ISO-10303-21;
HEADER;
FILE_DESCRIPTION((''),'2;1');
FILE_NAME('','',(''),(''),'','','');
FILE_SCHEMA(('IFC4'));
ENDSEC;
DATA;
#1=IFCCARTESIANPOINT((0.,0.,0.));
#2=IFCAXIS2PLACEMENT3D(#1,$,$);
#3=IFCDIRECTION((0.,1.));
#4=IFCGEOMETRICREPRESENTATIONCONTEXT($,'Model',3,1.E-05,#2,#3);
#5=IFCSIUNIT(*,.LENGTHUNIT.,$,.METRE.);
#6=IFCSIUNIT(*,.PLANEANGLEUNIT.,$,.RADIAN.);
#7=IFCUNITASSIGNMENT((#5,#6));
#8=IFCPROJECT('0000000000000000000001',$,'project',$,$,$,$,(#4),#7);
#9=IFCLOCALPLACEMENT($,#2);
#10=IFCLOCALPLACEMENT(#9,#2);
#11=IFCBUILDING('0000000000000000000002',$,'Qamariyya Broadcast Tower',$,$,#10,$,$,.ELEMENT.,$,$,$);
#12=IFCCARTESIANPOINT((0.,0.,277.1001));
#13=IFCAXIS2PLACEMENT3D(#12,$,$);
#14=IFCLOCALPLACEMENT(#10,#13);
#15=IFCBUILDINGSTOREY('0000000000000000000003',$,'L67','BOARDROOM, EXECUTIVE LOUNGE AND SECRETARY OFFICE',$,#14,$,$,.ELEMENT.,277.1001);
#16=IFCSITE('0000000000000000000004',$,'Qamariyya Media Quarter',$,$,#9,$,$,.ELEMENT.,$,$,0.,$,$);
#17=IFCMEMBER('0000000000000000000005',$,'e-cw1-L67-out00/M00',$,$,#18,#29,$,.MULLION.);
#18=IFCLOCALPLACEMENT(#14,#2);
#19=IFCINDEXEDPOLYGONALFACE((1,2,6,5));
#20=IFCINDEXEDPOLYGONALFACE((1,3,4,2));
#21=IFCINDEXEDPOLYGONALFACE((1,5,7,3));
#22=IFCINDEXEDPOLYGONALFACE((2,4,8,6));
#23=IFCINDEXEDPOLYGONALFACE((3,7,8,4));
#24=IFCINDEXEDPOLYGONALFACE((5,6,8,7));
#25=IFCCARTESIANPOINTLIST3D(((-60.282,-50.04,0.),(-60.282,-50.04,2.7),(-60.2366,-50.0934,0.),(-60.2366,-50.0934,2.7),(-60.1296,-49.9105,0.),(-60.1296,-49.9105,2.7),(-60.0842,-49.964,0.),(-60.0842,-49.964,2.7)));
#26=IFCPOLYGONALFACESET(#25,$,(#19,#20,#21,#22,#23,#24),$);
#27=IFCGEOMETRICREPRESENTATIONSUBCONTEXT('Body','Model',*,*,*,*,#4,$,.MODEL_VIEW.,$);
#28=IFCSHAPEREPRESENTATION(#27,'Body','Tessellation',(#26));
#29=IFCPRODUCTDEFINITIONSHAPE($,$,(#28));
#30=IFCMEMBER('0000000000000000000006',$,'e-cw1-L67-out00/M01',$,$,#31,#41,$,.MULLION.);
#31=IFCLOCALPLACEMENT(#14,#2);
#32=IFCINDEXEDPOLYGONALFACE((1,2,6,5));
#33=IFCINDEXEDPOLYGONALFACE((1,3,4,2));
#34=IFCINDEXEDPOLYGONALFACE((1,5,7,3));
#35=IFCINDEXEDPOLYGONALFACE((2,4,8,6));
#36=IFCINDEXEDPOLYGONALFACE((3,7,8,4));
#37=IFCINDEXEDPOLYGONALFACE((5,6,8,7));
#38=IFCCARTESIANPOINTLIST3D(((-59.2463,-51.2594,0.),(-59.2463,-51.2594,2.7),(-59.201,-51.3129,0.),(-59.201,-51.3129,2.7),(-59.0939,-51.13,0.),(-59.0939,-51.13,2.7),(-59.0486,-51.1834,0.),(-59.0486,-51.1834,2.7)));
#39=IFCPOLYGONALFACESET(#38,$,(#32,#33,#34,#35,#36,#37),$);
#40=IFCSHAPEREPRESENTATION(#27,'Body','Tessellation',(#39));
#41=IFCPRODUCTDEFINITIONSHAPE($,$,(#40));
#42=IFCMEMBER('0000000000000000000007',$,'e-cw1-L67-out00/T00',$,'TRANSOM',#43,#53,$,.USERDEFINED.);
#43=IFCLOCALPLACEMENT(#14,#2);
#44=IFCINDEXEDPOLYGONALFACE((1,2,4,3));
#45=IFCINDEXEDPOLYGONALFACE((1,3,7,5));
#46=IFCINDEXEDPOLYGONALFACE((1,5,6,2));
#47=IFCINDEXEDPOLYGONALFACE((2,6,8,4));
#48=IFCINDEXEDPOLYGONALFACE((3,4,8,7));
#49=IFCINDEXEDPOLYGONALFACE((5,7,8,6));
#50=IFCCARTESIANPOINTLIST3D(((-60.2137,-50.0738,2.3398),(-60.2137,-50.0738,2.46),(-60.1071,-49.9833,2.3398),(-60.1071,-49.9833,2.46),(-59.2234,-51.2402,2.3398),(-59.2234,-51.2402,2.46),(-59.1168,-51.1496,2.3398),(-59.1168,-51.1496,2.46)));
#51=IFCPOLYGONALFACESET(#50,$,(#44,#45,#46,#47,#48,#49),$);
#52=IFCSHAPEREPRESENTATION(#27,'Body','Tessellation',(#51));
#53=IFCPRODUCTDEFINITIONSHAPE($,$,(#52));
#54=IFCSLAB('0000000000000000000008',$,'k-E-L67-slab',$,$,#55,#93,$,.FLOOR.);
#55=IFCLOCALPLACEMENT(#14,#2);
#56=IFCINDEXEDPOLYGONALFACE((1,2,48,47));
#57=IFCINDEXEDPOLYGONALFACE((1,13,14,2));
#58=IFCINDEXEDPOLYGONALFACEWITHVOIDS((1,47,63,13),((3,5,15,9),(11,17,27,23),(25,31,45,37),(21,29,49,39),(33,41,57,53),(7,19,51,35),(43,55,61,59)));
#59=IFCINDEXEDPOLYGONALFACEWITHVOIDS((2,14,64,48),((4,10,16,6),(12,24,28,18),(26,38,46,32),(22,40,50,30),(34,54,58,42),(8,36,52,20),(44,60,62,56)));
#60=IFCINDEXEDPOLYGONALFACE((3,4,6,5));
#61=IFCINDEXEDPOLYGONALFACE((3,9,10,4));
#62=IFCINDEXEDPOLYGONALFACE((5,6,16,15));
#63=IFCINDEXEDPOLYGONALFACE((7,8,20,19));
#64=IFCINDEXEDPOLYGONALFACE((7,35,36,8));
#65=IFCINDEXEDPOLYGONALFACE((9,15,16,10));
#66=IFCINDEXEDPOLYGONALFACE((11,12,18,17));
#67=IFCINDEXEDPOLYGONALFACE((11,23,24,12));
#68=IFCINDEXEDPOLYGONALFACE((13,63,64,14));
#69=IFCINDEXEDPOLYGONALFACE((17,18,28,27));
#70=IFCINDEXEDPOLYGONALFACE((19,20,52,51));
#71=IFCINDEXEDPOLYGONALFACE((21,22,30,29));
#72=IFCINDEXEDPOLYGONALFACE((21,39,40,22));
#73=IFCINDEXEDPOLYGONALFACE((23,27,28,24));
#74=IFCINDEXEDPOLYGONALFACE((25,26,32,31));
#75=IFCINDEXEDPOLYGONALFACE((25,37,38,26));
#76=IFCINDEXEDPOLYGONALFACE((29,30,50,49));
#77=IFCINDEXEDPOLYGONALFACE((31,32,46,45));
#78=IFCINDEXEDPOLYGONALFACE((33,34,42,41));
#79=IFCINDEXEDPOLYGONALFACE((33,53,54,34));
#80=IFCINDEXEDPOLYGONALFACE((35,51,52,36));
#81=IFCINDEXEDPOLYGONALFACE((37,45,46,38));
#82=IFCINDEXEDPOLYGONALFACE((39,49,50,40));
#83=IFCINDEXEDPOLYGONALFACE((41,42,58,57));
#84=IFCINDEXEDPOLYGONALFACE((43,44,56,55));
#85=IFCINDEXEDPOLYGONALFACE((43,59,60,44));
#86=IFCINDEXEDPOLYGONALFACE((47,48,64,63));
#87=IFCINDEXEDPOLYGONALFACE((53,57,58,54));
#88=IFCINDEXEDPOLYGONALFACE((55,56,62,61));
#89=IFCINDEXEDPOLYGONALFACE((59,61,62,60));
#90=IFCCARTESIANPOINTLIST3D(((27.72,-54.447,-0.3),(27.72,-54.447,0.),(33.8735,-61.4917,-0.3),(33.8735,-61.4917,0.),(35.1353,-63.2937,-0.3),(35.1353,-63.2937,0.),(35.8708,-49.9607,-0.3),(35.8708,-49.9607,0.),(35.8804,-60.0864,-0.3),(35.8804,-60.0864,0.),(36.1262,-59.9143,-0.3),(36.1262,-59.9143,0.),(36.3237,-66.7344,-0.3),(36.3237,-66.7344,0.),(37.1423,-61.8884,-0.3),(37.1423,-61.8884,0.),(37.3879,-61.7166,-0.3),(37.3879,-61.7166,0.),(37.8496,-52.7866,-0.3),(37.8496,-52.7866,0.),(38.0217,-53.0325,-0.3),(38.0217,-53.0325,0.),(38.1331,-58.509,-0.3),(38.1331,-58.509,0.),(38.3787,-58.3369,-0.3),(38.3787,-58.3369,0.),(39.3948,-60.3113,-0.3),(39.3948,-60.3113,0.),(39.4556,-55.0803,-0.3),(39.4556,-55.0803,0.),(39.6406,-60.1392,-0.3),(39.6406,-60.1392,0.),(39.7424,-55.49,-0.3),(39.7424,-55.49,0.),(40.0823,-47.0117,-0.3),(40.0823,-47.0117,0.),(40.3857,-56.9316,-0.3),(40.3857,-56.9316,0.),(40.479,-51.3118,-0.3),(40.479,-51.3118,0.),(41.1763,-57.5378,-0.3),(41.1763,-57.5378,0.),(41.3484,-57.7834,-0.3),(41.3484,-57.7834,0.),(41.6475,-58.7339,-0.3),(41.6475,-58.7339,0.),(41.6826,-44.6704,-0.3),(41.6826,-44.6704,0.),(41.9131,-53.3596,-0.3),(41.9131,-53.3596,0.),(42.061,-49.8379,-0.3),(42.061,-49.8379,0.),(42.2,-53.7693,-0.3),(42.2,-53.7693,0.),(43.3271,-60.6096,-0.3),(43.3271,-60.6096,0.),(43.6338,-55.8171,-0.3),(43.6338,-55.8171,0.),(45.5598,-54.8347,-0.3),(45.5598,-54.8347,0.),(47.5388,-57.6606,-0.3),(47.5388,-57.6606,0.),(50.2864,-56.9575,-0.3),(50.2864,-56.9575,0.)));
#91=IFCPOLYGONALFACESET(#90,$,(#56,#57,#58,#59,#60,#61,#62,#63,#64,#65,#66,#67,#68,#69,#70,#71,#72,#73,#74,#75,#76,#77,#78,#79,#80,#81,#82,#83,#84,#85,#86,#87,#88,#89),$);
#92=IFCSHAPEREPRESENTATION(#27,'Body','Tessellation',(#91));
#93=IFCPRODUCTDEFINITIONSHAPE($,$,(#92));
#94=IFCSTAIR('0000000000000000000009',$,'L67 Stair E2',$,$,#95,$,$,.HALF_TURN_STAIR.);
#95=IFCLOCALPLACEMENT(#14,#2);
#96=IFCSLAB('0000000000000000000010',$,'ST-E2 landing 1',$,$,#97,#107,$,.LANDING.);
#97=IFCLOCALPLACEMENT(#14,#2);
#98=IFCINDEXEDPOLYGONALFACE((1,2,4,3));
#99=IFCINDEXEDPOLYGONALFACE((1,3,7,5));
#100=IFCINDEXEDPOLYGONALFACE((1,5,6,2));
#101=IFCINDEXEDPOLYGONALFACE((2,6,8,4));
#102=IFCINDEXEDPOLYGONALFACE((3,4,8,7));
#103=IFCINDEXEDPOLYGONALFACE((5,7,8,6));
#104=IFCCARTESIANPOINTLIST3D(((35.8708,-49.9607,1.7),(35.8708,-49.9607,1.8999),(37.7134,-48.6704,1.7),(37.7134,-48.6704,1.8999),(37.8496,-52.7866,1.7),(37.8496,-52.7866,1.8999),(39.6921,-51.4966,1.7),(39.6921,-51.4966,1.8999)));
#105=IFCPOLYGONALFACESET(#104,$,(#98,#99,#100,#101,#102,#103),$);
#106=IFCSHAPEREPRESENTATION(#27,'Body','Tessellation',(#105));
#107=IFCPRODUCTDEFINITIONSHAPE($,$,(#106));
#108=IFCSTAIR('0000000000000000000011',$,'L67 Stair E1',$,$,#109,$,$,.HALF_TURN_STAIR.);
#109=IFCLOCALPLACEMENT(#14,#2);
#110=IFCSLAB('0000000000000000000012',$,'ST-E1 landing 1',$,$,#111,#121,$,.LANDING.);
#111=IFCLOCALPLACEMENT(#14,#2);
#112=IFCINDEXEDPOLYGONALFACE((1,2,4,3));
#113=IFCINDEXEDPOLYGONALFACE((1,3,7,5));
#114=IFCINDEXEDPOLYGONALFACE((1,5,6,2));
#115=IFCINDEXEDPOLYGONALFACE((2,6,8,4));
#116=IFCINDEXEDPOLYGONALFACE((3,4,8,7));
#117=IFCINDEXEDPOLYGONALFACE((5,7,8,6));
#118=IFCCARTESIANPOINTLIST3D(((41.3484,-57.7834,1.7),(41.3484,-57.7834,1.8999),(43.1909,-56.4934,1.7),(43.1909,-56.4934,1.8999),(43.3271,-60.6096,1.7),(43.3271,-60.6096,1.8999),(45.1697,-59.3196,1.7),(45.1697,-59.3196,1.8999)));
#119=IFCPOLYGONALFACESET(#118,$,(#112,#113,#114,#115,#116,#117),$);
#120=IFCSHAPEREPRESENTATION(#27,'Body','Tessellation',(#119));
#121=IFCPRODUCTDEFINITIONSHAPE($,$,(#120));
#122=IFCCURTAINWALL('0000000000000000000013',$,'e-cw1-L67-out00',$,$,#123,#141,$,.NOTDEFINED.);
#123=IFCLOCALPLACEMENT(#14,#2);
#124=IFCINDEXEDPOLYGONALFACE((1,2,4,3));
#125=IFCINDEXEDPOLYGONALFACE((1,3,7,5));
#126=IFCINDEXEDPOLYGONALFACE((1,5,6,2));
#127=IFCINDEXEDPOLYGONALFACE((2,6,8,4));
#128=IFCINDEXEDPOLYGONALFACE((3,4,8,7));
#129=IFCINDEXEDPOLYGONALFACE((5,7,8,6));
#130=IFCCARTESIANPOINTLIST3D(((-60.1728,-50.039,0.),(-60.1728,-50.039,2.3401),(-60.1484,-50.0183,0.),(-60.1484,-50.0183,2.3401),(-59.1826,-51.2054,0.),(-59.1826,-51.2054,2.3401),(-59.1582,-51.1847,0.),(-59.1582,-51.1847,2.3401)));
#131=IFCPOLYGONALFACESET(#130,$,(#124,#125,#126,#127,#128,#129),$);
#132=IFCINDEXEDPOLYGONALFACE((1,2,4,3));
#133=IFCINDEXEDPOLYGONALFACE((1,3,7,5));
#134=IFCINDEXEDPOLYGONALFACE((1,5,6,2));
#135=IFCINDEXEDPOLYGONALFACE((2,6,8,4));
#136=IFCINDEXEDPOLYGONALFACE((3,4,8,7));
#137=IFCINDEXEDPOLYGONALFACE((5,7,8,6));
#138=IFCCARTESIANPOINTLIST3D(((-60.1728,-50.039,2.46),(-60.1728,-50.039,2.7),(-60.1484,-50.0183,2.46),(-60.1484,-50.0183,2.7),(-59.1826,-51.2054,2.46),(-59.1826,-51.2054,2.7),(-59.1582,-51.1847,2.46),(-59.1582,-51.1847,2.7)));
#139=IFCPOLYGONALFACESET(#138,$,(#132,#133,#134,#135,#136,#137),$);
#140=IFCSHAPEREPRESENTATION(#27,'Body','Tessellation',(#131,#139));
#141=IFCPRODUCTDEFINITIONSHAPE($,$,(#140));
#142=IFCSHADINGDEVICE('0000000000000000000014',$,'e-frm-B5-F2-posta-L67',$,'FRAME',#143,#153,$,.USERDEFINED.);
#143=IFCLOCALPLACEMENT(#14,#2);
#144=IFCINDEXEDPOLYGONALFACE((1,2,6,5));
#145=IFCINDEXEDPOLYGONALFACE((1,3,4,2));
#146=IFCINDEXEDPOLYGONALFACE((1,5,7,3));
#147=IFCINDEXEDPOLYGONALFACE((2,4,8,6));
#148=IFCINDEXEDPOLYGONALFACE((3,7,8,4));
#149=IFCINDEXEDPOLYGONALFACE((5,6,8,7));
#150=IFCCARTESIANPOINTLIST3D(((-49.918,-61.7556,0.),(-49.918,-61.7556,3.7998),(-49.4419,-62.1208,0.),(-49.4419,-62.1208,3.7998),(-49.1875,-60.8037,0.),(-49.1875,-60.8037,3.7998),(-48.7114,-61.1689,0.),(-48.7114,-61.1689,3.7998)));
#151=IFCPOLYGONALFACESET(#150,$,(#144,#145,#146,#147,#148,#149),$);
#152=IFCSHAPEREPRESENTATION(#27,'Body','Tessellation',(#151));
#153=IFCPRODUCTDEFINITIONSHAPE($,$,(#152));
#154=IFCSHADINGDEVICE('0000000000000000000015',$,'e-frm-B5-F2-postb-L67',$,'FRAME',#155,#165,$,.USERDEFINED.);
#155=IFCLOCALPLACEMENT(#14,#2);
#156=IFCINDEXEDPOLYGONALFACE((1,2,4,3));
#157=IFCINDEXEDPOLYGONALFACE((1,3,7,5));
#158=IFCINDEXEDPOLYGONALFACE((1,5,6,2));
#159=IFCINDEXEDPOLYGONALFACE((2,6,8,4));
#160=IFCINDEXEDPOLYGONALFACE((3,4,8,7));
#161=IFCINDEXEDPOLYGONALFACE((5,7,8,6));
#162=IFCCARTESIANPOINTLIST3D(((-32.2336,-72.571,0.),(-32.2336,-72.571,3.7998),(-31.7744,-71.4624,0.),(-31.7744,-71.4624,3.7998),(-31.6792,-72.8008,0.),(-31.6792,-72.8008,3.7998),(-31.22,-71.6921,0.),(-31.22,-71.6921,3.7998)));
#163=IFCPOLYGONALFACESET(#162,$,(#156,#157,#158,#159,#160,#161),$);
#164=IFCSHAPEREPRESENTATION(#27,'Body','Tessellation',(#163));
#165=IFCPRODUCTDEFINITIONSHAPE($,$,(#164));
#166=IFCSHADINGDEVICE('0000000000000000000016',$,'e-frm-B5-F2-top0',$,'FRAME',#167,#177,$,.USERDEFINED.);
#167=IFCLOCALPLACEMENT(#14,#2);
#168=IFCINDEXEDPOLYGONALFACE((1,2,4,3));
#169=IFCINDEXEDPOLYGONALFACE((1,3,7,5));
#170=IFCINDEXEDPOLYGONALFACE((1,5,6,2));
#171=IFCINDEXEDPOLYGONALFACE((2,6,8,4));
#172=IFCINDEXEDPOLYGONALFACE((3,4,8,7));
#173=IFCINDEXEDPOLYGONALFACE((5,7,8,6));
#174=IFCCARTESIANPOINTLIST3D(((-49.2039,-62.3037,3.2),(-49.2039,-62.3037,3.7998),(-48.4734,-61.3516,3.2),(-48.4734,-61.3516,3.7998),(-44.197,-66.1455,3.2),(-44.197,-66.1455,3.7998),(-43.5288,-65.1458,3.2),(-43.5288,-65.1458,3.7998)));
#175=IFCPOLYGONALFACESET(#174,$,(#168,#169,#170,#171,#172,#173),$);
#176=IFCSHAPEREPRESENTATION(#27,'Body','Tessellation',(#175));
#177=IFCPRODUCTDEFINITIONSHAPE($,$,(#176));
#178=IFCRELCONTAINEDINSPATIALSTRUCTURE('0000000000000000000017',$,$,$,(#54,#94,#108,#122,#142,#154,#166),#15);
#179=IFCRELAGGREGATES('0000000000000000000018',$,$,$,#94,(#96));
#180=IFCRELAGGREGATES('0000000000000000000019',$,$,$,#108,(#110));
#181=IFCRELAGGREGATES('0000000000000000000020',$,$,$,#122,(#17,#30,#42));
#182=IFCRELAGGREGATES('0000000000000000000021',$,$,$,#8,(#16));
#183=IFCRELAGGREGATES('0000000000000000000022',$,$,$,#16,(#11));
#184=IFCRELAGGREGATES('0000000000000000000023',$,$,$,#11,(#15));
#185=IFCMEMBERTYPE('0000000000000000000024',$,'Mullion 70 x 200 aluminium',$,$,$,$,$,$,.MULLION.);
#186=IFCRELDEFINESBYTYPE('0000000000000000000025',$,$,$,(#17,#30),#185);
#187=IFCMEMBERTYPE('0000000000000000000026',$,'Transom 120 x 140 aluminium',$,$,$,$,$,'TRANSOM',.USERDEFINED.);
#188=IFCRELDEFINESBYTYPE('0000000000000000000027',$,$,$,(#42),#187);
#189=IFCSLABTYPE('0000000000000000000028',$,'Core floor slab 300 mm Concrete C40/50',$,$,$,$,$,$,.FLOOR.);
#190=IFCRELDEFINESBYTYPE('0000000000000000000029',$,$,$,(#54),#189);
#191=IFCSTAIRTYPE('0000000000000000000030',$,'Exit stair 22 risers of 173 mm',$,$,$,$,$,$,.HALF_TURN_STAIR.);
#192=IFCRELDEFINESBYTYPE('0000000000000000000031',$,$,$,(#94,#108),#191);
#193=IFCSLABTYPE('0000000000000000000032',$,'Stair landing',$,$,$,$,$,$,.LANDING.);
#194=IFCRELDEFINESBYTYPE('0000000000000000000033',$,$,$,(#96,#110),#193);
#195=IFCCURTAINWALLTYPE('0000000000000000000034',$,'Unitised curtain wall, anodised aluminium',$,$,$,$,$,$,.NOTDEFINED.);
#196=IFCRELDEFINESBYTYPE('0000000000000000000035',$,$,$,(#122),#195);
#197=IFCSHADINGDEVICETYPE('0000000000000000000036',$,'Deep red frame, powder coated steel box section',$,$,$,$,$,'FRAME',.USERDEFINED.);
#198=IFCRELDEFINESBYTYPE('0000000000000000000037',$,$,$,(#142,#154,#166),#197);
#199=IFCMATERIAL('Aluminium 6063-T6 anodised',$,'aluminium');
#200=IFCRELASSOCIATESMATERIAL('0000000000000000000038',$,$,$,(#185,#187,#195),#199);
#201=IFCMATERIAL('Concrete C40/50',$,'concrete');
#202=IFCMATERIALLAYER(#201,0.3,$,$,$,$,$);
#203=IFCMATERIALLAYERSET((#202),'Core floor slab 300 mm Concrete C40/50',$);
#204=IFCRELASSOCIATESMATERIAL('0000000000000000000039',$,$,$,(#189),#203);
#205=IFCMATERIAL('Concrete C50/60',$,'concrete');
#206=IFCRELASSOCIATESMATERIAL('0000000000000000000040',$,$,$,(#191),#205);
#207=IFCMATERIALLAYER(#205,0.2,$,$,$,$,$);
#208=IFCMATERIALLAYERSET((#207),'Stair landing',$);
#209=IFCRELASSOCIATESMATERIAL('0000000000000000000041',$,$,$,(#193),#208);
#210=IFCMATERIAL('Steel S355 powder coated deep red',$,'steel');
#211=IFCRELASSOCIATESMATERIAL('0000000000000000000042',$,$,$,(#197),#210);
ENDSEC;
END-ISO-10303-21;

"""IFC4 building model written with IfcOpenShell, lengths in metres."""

from ifc_helpers import new_model, si_unit, direction, frame, origin, origin_2d, place, context, subcontext, project, spatial, polyline, rectangle, outline, extrude, material, layer, layer_set, material_profile, profile_set, type_object, element, aggregate, save


model = new_model("IFC4")

# Units and contexts
model_context = context("Model", 3, precision=1e-05, world=origin(), true_north=direction((0.0, 1.0)))
body_context = subcontext(model_context, "Body", "Model", "MODEL_VIEW")
ifc_project = project(units=[si_unit("LENGTHUNIT", "METRE"), si_unit("PLANEANGLEUNIT", "RADIAN")], contexts=[model_context])

# Members
ifc_material_1 = material(Name="Aluminium 6063-T6 anodised", Category="aluminium")
ifc_material_profile_1 = material_profile(ifc_material_1, rectangle(XDim=0.2, YDim=0.0701, at=origin_2d()))
ifc_profile_set_1 = profile_set([ifc_material_profile_1], Name="Aluminium 6063-T6 anodised")
member_type_1 = type_object("IfcMemberType", Name="Mullion 70 x 200 aluminium", PredefinedType="MULLION", material=ifc_profile_set_1)
site_placement = place(None, origin())
building_placement = place(site_placement, origin())
storey_placement = place(building_placement, frame((0.0, 0.0, 277.1001)))
member_1_placement = place(storey_placement, frame((-60.1831, -50.002, 0.0), z_axis=(0.0, 0.0, 1.0), x_axis=(0.762284, 0.647243, 0.0)))
member_1 = element("IfcMember", 1, at=member_1_placement, type_object=member_type_1, Name="e-cw1-L67-out00/M00", PredefinedType="MULLION", context=body_context, shape_type="SweptSolid", body=[
    extrude(rectangle(XDim=0.2, YDim=0.0701, at=origin_2d()), origin(), (0.0, 0.0, 1.0), 2.7),
])
member_2_placement = place(storey_placement, frame((-59.1475, -51.2214, 0.0), z_axis=(0.0, 0.0, 1.0), x_axis=(0.762284, 0.647243, 0.0)))
member_2 = element("IfcMember", 2, at=member_2_placement, type_object=member_type_1, Name="e-cw1-L67-out00/M01", PredefinedType="MULLION", context=body_context, shape_type="SweptSolid", body=[
    extrude(rectangle(XDim=0.2, YDim=0.0701, at=origin_2d()), origin(), (0.0, 0.0, 1.0), 2.7),
])
ifc_material_profile_2 = material_profile(ifc_material_1, rectangle(XDim=0.1399, YDim=0.1201, at=origin_2d()))
ifc_profile_set_2 = profile_set([ifc_material_profile_2], Name="Aluminium 6063-T6 anodised")
member_type_2 = type_object("IfcMemberType", Name="Transom 120 x 140 aluminium", ElementType="TRANSOM", PredefinedType="USERDEFINED", material=ifc_profile_set_2)
member_3_placement = place(storey_placement, frame((-60.1604, -50.0286, 2.3999), z_axis=(0.647236, -0.76229, 0.0), x_axis=(0.76229, 0.647236, 0.0)))
member_3 = element("IfcMember", 3, at=member_3_placement, type_object=member_type_2, Name="e-cw1-L67-out00/T00", ObjectType="TRANSOM", PredefinedType="USERDEFINED", context=body_context, shape_type="SweptSolid", body=[
    extrude(rectangle(XDim=0.1399, YDim=0.1201, at=origin_2d()), origin(), (0.0, 0.0, 1.0), 1.53),
])

# Site, building, storey
site = spatial("IfcSite", under=ifc_project, at=site_placement, Name="Qamariyya Media Quarter", CompositionType="ELEMENT", RefElevation=0.0)
building = spatial("IfcBuilding", under=site, at=building_placement, Name="Qamariyya Broadcast Tower", CompositionType="ELEMENT")
storey = spatial("IfcBuildingStorey", under=building, at=storey_placement, Name="L67", Description="BOARDROOM, EXECUTIVE LOUNGE AND SECRETARY OFFICE", CompositionType="ELEMENT", Elevation=277.1001)

# Slab
ifc_material_2 = material(Name="Concrete C40/50", Category="concrete")
ifc_layer_1 = layer(ifc_material_2, 0.3)
ifc_layer_set_1 = layer_set([ifc_layer_1], Name="Core floor slab 300 mm Concrete C40/50")
slab_type_1 = type_object("IfcSlabType", Name="Core floor slab 300 mm Concrete C40/50", PredefinedType="FLOOR", material=ifc_layer_set_1)
slab_1_placement = place(storey_placement, frame((0.0, 0.0, -0.3)))
element("IfcSlab", 4, at=slab_1_placement, inside=storey, type_object=slab_type_1, Name="k-E-L67-slab", PredefinedType="FLOOR", context=body_context, shape_type="SweptSolid", body=[
    extrude(outline(polyline([(36.3237, -66.7344), (50.2864, -56.9575), (41.6826, -44.6704), (27.72, -54.447), (36.3237, -66.7344)]), holes=[polyline([(33.8735, -61.4917), (35.8804, -60.0864), (37.1423, -61.8884), (35.1353, -63.2937), (33.8735, -61.4917)]), polyline([(36.1262, -59.9143), (38.1331, -58.509), (39.3948, -60.3113), (37.3879, -61.7166), (36.1262, -59.9143)]), polyline([(38.3787, -58.3369), (40.3857, -56.9316), (41.6475, -58.7339), (39.6406, -60.1392), (38.3787, -58.3369)]), polyline([(39.7424, -55.49), (42.2, -53.7693), (43.6338, -55.8171), (41.1763, -57.5378), (39.7424, -55.49)]), polyline([(39.4556, -55.0803), (41.9131, -53.3596), (40.479, -51.3118), (38.0217, -53.0325), (39.4556, -55.0803)]), polyline([(40.0823, -47.0117), (35.8708, -49.9607), (37.8496, -52.7866), (42.061, -49.8379), (40.0823, -47.0117)]), polyline([(45.5598, -54.8347), (41.3484, -57.7834), (43.3271, -60.6096), (47.5388, -57.6606), (45.5598, -54.8347)])]), origin(), (0.0, 0.0, 1.0), 0.3),
])

# Stairs, slabs
ifc_material_3 = material(Name="Concrete C50/60", Category="concrete")
stair_type = type_object("IfcStairType", Name="Exit stair 22 risers of 173 mm", PredefinedType="HALF_TURN_STAIR", material=ifc_material_3)
stair_1_placement = place(storey_placement, origin())
stair_1 = element("IfcStair", 5, at=stair_1_placement, inside=storey, type_object=stair_type, Name="L67 Stair E2", PredefinedType="HALF_TURN_STAIR")
ifc_layer_2 = layer(ifc_material_3, 0.2)
ifc_layer_set_2 = layer_set([ifc_layer_2], Name="Stair landing")
slab_type_2 = type_object("IfcSlabType", Name="Stair landing", PredefinedType="LANDING", material=ifc_layer_set_2)
slab_2_placement = place(storey_placement, frame((0.0, 0.0, 1.7)))
slab_2 = element("IfcSlab", 6, at=slab_2_placement, type_object=slab_type_2, Name="ST-E2 landing 1", PredefinedType="LANDING", context=body_context, shape_type="SweptSolid", body=[
    extrude(outline(polyline([(37.7134, -48.6704), (35.8708, -49.9607), (37.8496, -52.7866), (39.6921, -51.4966), (37.7134, -48.6704)])), origin(), (0.0, 0.0, 1.0), 0.2),
])
aggregate(stair_1, [slab_2])
stair_2_placement = place(storey_placement, origin())
stair_2 = element("IfcStair", 7, at=stair_2_placement, inside=storey, type_object=stair_type, Name="L67 Stair E1", PredefinedType="HALF_TURN_STAIR")
slab_3_placement = place(storey_placement, frame((0.0, 0.0, 1.7)))
slab_3 = element("IfcSlab", 8, at=slab_3_placement, type_object=slab_type_2, Name="ST-E1 landing 1", PredefinedType="LANDING", context=body_context, shape_type="SweptSolid", body=[
    extrude(outline(polyline([(43.1909, -56.4934), (41.3484, -57.7834), (43.3271, -60.6096), (45.1697, -59.3196), (43.1909, -56.4934)])), origin(), (0.0, 0.0, 1.0), 0.2),
])
aggregate(stair_2, [slab_3])

# Curtain wall
curtain_wall_type = type_object("IfcCurtainWallType", Name="Unitised curtain wall, anodised aluminium", PredefinedType="NOTDEFINED", material=ifc_material_1)
curtain_wall_placement = place(storey_placement, origin())
curtain_wall = element("IfcCurtainWall", 9, at=curtain_wall_placement, inside=storey, type_object=curtain_wall_type, Name="e-cw1-L67-out00", PredefinedType="NOTDEFINED", context=body_context, shape_type="SweptSolid", body=[
    extrude(rectangle(XDim=1.53, YDim=0.032, at=origin_2d()), frame((-59.6655, -50.6118, 0.0), x_axis=(0.64716, -0.762354, 0.0)), (0.0, 0.0, 1.0), 2.3401),
    extrude(rectangle(XDim=1.53, YDim=0.032, at=origin_2d()), frame((-59.6655, -50.6118, 2.46), x_axis=(0.64716, -0.762354, 0.0)), (0.0, 0.0, 1.0), 0.24),
])
aggregate(curtain_wall, [member_1, member_2, member_3])

# Shading devices
ifc_material_4 = material(Name="Steel S355 powder coated deep red", Category="steel")
shading_device_type = type_object("IfcShadingDeviceType", Name="Deep red frame, powder coated steel box section", ElementType="FRAME", PredefinedType="USERDEFINED", material=ifc_material_4)
shading_device_1_placement = place(storey_placement, origin())
element("IfcShadingDevice", 10, at=shading_device_1_placement, inside=storey, type_object=shading_device_type, Name="e-frm-B5-F2-posta-L67", ObjectType="FRAME", PredefinedType="USERDEFINED", context=body_context, shape_type="SweptSolid", body=[
    extrude(outline(polyline([(-49.1875, -60.8037), (-49.918, -61.7556), (-49.4419, -62.1208), (-48.7114, -61.1689), (-49.1875, -60.8037)])), origin(), (0.0, 0.0, 1.0), 3.7998),
])
shading_device_2_placement = place(storey_placement, origin())
element("IfcShadingDevice", 11, at=shading_device_2_placement, inside=storey, type_object=shading_device_type, Name="e-frm-B5-F2-postb-L67", ObjectType="FRAME", PredefinedType="USERDEFINED", context=body_context, shape_type="SweptSolid", body=[
    extrude(outline(polyline([(-31.7744, -71.4624), (-32.2336, -72.571), (-31.6792, -72.8008), (-31.22, -71.6921), (-31.7744, -71.4624)])), origin(), (0.0, 0.0, 1.0), 3.7998),
])
shading_device_3_placement = place(storey_placement, frame((0.0, 0.0, 3.2)))
element("IfcShadingDevice", 12, at=shading_device_3_placement, inside=storey, type_object=shading_device_type, Name="e-frm-B5-F2-top0", ObjectType="FRAME", PredefinedType="USERDEFINED", context=body_context, shape_type="SweptSolid", body=[
    extrude(outline(polyline([(-48.4734, -61.3516), (-49.2039, -62.3037), (-44.197, -66.1455), (-43.5288, -65.1458), (-48.4734, -61.3516)])), origin(), (0.0, 0.0, 1.0), 0.5999),
])

save(model, "model.ifc")
